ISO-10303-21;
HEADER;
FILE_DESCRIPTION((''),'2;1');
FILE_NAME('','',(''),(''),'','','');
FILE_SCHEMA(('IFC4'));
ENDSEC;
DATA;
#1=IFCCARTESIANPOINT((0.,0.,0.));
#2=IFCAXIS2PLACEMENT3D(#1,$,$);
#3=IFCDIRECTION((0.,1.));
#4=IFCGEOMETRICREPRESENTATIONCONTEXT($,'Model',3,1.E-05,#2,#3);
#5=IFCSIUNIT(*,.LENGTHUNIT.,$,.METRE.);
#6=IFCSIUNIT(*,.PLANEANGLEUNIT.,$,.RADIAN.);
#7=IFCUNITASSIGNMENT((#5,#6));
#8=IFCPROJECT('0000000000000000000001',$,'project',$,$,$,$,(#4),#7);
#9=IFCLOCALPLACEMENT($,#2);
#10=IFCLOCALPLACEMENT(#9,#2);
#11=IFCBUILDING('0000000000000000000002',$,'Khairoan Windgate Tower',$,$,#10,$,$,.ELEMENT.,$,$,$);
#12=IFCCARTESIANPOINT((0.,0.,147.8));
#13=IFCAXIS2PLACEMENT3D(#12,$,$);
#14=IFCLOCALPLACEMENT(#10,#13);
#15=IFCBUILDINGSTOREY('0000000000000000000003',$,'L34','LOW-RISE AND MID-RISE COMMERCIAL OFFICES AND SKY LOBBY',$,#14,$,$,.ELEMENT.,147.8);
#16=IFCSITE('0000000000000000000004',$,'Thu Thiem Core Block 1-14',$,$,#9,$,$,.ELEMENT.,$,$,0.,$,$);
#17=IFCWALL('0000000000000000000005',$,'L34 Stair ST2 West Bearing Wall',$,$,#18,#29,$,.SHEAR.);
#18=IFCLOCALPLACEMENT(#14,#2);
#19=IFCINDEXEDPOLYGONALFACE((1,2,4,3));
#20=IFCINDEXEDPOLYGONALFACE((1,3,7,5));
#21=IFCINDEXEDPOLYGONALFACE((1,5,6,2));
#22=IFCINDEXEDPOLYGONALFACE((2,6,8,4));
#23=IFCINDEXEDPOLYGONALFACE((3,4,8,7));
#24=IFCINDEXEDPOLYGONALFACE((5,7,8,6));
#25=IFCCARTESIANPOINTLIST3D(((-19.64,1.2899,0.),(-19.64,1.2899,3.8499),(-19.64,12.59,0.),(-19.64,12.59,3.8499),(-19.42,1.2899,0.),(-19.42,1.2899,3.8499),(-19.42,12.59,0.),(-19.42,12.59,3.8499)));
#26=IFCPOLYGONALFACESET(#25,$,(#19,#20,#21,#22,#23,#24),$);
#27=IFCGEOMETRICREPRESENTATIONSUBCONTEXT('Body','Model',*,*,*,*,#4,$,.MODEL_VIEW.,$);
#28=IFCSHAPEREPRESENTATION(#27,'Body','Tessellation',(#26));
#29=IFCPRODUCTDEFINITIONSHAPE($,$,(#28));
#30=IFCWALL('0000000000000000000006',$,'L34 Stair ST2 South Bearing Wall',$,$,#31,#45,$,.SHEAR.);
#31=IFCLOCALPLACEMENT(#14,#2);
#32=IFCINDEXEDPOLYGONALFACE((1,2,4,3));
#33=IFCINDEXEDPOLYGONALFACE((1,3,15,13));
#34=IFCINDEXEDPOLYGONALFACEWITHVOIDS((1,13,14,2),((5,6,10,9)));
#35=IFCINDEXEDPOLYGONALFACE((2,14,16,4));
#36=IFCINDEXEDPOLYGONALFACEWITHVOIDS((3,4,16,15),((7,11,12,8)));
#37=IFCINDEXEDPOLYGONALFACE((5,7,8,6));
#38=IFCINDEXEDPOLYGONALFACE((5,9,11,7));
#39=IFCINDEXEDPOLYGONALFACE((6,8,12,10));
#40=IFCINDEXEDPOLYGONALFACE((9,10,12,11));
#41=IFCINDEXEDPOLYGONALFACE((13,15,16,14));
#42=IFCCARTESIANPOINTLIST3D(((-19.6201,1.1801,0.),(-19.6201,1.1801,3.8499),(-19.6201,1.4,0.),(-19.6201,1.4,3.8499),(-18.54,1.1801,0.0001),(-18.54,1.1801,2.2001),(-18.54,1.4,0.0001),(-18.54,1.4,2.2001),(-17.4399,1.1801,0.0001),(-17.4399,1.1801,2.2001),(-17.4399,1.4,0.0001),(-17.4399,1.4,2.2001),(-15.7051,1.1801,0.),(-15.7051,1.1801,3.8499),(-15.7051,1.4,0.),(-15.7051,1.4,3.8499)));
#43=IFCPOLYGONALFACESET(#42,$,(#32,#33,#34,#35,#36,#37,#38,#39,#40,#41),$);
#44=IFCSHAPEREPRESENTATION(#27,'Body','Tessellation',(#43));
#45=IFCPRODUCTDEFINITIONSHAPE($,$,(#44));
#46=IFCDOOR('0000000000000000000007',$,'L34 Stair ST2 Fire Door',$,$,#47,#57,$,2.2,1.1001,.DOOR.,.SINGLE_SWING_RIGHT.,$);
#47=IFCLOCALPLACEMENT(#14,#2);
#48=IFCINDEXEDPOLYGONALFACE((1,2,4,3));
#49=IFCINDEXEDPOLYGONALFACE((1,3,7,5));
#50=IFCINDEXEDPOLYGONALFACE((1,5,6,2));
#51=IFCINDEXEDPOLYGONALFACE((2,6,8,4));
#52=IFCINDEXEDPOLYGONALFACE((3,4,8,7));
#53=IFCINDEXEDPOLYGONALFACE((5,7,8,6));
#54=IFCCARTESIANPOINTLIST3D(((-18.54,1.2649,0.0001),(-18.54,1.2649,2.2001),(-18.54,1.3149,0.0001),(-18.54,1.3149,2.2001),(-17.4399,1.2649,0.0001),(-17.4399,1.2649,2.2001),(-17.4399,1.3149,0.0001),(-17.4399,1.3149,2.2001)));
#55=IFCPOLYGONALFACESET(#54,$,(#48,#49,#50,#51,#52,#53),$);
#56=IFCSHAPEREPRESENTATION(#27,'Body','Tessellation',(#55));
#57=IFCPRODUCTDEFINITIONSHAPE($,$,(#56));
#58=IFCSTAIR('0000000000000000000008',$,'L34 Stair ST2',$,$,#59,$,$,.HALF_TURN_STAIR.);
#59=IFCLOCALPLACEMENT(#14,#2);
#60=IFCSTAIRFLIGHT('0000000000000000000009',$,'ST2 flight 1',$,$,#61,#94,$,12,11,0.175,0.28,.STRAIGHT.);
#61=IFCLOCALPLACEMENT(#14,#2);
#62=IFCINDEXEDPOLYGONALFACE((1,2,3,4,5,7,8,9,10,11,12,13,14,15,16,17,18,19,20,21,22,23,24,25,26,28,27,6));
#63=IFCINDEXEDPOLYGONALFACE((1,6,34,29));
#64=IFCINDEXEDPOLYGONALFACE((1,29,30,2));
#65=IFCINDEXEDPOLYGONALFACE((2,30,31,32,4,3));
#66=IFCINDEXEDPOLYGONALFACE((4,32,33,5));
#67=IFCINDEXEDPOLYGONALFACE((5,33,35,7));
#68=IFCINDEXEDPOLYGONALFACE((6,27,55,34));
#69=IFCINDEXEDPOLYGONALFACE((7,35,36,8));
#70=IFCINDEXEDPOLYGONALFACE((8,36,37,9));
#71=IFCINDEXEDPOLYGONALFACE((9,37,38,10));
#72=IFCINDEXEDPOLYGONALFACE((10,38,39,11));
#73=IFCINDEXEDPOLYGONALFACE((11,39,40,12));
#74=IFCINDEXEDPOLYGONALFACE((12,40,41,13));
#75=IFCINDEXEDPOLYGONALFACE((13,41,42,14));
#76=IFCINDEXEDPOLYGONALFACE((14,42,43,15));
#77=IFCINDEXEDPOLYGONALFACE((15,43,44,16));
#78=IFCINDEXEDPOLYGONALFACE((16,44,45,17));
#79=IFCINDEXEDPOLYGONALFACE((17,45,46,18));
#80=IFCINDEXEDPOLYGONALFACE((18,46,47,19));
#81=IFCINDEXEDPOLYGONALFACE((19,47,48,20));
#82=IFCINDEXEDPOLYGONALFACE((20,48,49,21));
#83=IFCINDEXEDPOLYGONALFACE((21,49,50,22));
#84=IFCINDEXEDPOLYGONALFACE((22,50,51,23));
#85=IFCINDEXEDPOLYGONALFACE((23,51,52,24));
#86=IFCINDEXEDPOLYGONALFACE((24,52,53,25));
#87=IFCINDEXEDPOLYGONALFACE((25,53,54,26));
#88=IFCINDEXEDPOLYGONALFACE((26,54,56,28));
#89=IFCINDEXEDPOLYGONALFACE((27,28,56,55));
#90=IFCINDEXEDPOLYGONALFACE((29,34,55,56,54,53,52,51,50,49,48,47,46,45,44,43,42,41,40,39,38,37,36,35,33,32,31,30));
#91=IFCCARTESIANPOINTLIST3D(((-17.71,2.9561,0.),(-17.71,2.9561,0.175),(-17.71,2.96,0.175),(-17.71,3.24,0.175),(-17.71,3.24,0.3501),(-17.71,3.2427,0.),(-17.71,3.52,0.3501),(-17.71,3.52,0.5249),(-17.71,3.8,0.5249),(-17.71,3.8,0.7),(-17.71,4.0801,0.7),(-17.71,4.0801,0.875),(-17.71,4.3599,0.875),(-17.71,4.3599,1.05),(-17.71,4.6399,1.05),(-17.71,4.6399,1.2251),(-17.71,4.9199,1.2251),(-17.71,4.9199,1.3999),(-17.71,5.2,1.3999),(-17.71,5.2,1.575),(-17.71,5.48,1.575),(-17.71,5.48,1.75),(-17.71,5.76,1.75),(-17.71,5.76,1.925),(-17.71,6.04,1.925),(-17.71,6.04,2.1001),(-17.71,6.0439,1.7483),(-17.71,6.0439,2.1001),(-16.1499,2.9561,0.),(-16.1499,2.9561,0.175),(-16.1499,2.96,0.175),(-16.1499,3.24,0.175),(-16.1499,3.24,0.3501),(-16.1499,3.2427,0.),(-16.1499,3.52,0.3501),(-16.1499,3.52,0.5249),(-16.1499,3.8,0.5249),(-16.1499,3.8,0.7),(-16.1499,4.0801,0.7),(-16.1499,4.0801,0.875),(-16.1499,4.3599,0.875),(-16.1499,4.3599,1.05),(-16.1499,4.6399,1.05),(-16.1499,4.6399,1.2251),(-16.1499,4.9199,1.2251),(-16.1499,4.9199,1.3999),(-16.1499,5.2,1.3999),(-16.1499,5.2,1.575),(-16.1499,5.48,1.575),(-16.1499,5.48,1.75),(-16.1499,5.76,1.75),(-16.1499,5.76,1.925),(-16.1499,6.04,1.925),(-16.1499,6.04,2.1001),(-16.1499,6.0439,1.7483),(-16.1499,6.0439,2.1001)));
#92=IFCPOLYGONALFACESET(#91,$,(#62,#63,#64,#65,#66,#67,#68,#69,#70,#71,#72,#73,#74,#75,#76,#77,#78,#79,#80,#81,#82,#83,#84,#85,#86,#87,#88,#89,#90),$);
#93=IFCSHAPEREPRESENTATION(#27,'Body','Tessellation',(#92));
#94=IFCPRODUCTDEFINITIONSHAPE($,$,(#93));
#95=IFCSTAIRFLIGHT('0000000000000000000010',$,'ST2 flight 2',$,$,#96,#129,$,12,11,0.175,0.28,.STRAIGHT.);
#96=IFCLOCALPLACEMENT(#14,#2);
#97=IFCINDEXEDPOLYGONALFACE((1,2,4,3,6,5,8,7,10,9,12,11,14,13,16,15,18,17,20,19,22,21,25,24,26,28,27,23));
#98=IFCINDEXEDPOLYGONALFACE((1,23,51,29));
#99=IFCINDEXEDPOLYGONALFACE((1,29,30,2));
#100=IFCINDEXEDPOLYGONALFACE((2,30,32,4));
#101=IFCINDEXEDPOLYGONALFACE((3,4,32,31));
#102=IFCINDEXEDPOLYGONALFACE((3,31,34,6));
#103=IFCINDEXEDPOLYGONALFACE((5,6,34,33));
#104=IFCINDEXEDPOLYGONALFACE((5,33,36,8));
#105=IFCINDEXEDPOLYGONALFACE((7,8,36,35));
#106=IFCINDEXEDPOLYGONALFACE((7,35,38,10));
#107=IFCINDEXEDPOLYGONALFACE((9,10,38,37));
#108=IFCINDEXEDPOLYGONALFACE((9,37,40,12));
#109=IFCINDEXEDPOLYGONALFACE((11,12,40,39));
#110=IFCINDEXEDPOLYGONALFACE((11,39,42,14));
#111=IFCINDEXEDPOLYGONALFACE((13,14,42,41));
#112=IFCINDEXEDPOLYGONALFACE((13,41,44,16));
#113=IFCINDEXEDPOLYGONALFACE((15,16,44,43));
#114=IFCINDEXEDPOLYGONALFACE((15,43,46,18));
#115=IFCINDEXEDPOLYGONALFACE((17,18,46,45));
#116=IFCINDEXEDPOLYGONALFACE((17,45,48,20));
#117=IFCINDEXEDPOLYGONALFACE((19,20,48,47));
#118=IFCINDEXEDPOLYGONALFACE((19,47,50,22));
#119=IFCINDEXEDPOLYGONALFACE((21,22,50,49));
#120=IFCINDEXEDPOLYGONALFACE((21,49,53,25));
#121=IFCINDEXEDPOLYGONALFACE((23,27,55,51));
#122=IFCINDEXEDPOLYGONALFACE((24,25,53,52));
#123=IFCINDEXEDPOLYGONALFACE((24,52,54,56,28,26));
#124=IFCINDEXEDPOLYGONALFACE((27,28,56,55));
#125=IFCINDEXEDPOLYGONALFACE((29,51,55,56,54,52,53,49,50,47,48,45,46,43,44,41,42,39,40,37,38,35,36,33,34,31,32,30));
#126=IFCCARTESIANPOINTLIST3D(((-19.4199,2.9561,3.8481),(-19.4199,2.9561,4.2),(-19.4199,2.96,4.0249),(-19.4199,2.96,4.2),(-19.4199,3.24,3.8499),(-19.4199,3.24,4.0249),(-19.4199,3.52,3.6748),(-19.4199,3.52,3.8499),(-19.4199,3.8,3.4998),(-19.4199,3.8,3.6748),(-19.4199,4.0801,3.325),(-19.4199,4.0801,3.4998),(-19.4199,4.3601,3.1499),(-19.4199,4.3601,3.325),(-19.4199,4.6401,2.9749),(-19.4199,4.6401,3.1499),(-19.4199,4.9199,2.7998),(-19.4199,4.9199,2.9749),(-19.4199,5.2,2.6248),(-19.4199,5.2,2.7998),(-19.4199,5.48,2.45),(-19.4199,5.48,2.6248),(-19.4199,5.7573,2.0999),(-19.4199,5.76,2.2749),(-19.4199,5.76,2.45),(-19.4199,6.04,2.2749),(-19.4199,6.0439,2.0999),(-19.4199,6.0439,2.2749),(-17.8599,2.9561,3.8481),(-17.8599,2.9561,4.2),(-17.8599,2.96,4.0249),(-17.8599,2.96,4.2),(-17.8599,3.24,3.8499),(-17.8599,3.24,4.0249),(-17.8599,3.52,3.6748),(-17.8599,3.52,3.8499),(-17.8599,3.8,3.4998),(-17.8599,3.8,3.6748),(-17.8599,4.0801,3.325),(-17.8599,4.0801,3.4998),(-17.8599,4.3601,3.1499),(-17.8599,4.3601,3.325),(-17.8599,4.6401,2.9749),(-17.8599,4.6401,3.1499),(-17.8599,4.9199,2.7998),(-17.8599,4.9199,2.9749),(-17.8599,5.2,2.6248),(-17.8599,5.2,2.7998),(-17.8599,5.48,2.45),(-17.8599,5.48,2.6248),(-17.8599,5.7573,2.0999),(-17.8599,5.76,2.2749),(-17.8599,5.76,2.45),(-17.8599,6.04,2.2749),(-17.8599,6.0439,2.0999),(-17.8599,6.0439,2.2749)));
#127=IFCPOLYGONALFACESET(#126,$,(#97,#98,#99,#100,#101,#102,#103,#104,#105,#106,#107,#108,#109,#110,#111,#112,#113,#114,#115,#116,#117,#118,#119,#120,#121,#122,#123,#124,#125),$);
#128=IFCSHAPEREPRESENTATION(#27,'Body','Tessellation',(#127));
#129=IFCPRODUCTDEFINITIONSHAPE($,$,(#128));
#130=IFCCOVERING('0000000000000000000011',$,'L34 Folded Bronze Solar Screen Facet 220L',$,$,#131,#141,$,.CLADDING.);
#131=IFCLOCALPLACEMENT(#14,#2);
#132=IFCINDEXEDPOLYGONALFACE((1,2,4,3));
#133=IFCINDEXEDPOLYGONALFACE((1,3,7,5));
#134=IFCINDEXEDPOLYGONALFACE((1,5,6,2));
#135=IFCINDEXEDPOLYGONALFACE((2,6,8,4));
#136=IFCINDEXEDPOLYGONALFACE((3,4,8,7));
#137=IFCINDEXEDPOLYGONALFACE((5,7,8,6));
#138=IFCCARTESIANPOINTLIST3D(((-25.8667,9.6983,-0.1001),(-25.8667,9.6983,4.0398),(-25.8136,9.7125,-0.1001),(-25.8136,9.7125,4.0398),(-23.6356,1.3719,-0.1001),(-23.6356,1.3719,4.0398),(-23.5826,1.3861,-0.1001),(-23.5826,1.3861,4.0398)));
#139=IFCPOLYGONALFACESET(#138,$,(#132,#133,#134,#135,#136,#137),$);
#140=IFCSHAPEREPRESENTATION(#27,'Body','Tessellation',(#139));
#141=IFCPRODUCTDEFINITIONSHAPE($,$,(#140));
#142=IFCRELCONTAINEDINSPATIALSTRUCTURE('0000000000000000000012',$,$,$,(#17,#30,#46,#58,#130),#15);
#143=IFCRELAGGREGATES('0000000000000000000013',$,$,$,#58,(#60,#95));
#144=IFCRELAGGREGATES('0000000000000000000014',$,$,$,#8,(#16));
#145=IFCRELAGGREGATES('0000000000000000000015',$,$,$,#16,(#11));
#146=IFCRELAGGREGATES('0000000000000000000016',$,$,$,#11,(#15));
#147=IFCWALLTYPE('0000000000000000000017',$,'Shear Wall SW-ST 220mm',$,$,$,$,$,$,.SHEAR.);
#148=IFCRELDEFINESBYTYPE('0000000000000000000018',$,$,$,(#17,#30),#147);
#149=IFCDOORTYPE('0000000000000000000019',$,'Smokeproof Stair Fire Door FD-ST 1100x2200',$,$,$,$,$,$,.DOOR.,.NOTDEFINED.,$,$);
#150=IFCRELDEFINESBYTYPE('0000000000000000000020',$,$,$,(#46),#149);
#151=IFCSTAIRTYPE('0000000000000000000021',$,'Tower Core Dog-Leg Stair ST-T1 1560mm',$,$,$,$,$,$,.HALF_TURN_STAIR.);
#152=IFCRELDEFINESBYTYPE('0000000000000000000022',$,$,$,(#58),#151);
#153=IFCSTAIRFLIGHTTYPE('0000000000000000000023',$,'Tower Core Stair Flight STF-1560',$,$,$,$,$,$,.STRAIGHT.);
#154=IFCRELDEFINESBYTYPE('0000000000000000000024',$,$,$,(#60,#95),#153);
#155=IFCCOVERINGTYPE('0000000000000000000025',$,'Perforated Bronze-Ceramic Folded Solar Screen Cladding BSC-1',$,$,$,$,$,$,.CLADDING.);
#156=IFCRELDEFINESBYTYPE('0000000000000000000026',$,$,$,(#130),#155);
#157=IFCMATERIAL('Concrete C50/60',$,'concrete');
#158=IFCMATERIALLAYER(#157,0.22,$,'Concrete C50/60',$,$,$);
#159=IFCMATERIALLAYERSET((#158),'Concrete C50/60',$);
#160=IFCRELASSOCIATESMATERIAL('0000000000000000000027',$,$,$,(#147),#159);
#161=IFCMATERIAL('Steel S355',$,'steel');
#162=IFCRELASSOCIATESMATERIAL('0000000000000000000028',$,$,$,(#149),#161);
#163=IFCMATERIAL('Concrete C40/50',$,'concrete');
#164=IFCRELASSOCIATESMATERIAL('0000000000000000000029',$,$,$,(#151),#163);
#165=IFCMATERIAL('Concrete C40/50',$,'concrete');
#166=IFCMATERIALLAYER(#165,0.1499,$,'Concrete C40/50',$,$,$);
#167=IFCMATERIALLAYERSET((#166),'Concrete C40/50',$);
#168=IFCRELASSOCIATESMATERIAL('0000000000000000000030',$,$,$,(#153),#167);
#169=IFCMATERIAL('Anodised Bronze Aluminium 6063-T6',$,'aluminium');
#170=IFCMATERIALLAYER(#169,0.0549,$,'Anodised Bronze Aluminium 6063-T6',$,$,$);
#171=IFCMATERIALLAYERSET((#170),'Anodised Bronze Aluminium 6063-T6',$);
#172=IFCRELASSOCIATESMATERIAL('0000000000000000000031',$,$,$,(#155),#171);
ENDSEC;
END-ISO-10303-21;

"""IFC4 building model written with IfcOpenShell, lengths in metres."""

from ifc_helpers import new_model, si_unit, direction, frame, frame_2d, origin, origin_2d, place, context, subcontext, project, spatial, polyline, rectangle, outline, extrude, material, layer, layer_set, type_object, element, fill, aggregate, save


model = new_model("IFC4")

# Units and contexts
model_context = context("Model", 3, precision=1e-05, world=origin(), true_north=direction((0.0, 1.0)))
body_context = subcontext(model_context, "Body", "Model", "MODEL_VIEW")
ifc_project = project(units=[si_unit("LENGTHUNIT", "METRE"), si_unit("PLANEANGLEUNIT", "RADIAN")], contexts=[model_context])

# Site, building, storey
site_placement = place(None, origin())
site = spatial("IfcSite", under=ifc_project, at=site_placement, Name="Thu Thiem Core Block 1-14", CompositionType="ELEMENT", RefElevation=0.0)
building_placement = place(site_placement, origin())
building = spatial("IfcBuilding", under=site, at=building_placement, Name="Khairoan Windgate Tower", CompositionType="ELEMENT")
storey_placement = place(building_placement, frame((0.0, 0.0, 147.8)))
storey = spatial("IfcBuildingStorey", under=building, at=storey_placement, Name="L34", Description="LOW-RISE AND MID-RISE COMMERCIAL OFFICES AND SKY LOBBY", CompositionType="ELEMENT", Elevation=147.8)

# Wall
ifc_material_1 = material(Name="Concrete C50/60", Category="concrete")
ifc_layer_1 = layer(ifc_material_1, 0.22, Name="Concrete C50/60")
ifc_layer_set_1 = layer_set([ifc_layer_1], Name="Concrete C50/60")
wall_type_1 = type_object("IfcWallType", Name="Shear Wall SW-ST 220mm", PredefinedType="SHEAR", material=ifc_layer_set_1)
for number, where, z_axis, x_axis, name in (
    (1, (-19.53, 1.29, 0.0), (0.0, 0.0, 1.0), (0.0, 1.0, 0.0), "L34 Stair ST2 West Bearing Wall"),
):
    element("IfcWall", number, at=place(storey_placement, frame(where, z_axis=z_axis, x_axis=x_axis)), inside=storey, type_object=wall_type_1, Name=name, PredefinedType="SHEAR", context=body_context, shape_type="SweptSolid", body=[
        extrude(rectangle(XDim=11.3, YDim=0.22, at=frame_2d((5.6499, 0.0))), origin(), (0.0, 0.0, 1.0), 3.8499),
    ])

# Wall, opening, door
wall_1_placement = place(storey_placement, frame((-19.6201, 1.29, 0.0), z_axis=(0.0, 0.0, 1.0), x_axis=(1.0, 0.0, 0.0)))
wall_1 = element("IfcWall", 2, at=wall_1_placement, inside=storey, type_object=wall_type_1, Name="L34 Stair ST2 South Bearing Wall", PredefinedType="SHEAR", context=body_context, shape_type="SweptSolid", body=[
    extrude(rectangle(XDim=3.915, YDim=0.22, at=frame_2d((1.9575, 0.0))), origin(), (0.0, 0.0, 1.0), 3.8499),
])
opening_1_placement = place(wall_1_placement, frame((1.0801, 0.0, 0.0)))
opening_1 = element("IfcOpeningElement", 3, at=opening_1_placement, cuts=wall_1, PredefinedType="OPENING", context=body_context, shape_type="SweptSolid", body=[
    extrude(rectangle(XDim=1.1001, YDim=2.2, at=frame_2d((0.55, 1.1001))), frame((0.0, 0.1199, 0.0), z_axis=(0.0, -1.0, 0.0), x_axis=(1.0, 0.0, 0.0)), (0.0, 0.0, 1.0), 0.24),
])
ifc_material_2 = material(Name="Steel S355", Category="steel")
door_type_1 = type_object("IfcDoorType", Name="Smokeproof Stair Fire Door FD-ST 1100x2200", OperationType="NOTDEFINED", PredefinedType="DOOR", material=ifc_material_2)
door_1_placement = place(opening_1_placement, origin())
door_1 = element("IfcDoor", 4, at=door_1_placement, inside=storey, type_object=door_type_1, Name="L34 Stair ST2 Fire Door", OperationType="SINGLE_SWING_RIGHT", OverallHeight=2.2, OverallWidth=1.1001, PredefinedType="DOOR", context=body_context, shape_type="SweptSolid", body=[
    extrude(rectangle(XDim=1.1001, YDim=2.2, at=frame_2d((0.55, 1.1001))), frame((0.0, 0.0249, 0.0), z_axis=(0.0, -1.0, 0.0), x_axis=(1.0, 0.0, 0.0)), (0.0, 0.0, 1.0), 0.05),
])
fill(opening_1, door_1)

# Stair, stair flights
ifc_material_3 = material(Name="Concrete C40/50", Category="concrete")
stair_type = type_object("IfcStairType", Name="Tower Core Dog-Leg Stair ST-T1 1560mm", PredefinedType="HALF_TURN_STAIR", material=ifc_material_3)
stair_placement = place(storey_placement, origin())
stair = element("IfcStair", 5, at=stair_placement, inside=storey, type_object=stair_type, Name="L34 Stair ST2", PredefinedType="HALF_TURN_STAIR")
ifc_material_4 = material(Name="Concrete C40/50", Category="concrete")
ifc_layer_2 = layer(ifc_material_4, 0.1499, Name="Concrete C40/50")
ifc_layer_set_2 = layer_set([ifc_layer_2], Name="Concrete C40/50")
stair_flight_type = type_object("IfcStairFlightType", Name="Tower Core Stair Flight STF-1560", PredefinedType="STRAIGHT", material=ifc_layer_set_2)
stair_flight_1_placement = place(storey_placement, frame((-16.9299, 2.96, 0.0), z_axis=(0.0, 0.0, 1.0), x_axis=(0.0, 1.0, 0.0)))
stair_flight_1 = element("IfcStairFlight", 6, at=stair_flight_1_placement, type_object=stair_flight_type, Name="ST2 flight 1", NumberOfRisers=12, NumberOfTreads=11, PredefinedType="STRAIGHT", RiserHeight=0.175, TreadLength=0.28, context=body_context, shape_type="SweptSolid", body=[
    extrude(outline(polyline([(-0.0039, 0.0), (-0.0039, 0.175), (0.0, 0.175), (0.28, 0.175), (0.28, 0.3501), (0.5601, 0.3501), (0.5601, 0.5249), (0.8401, 0.5249), (0.8401, 0.7), (1.1201, 0.7), (1.1201, 0.875), (1.3999, 0.875), (1.3999, 1.05), (1.6799, 1.05), (1.6799, 1.2251), (1.96, 1.2251), (1.96, 1.3999), (2.24, 1.3999), (2.24, 1.575), (2.52, 1.575), (2.52, 1.75), (2.8, 1.75), (2.8, 1.925), (3.0801, 1.925), (3.0801, 2.1001), (3.084, 2.1001), (3.084, 1.7483), (0.2827, 0.0), (-0.0039, 0.0)])), frame((0.0, 0.78, 0.0), z_axis=(0.0, -1.0, 0.0), x_axis=(1.0, 0.0, 0.0)), (0.0, 0.0, 1.0), 1.5601),
])
stair_flight_2_placement = place(storey_placement, frame((-18.6399, 6.04, 2.0999), z_axis=(0.0, 0.0, 1.0), x_axis=(0.0, -1.0, 0.0)))
stair_flight_2 = element("IfcStairFlight", 7, at=stair_flight_2_placement, type_object=stair_flight_type, Name="ST2 flight 2", NumberOfRisers=12, NumberOfTreads=11, PredefinedType="STRAIGHT", RiserHeight=0.175, TreadLength=0.28, context=body_context, shape_type="SweptSolid", body=[
    extrude(outline(polyline([(-0.0039, 0.0), (-0.0039, 0.175), (0.0, 0.175), (0.28, 0.175), (0.28, 0.3501), (0.5601, 0.3501), (0.5601, 0.5249), (0.8401, 0.5249), (0.8401, 0.7), (1.1201, 0.7), (1.1201, 0.875), (1.3999, 0.875), (1.3999, 1.05), (1.6799, 1.05), (1.6799, 1.2251), (1.96, 1.2251), (1.96, 1.3999), (2.24, 1.3999), (2.24, 1.575), (2.52, 1.575), (2.52, 1.75), (2.8, 1.75), (2.8, 1.925), (3.0801, 1.925), (3.0801, 2.1001), (3.084, 2.1001), (3.084, 1.7483), (0.2827, 0.0), (-0.0039, 0.0)])), frame((0.0, 0.78, 0.0), z_axis=(0.0, -1.0, 0.0), x_axis=(1.0, 0.0, 0.0)), (0.0, 0.0, 1.0), 1.5601),
])
aggregate(stair, [stair_flight_1, stair_flight_2])

# Covering
ifc_material_5 = material(Name="Anodised Bronze Aluminium 6063-T6", Category="aluminium")
ifc_layer_3 = layer(ifc_material_5, 0.0549, Name="Anodised Bronze Aluminium 6063-T6")
ifc_layer_set_3 = layer_set([ifc_layer_3], Name="Anodised Bronze Aluminium 6063-T6")
covering_type = type_object("IfcCoveringType", Name="Perforated Bronze-Ceramic Folded Solar Screen Cladding BSC-1", PredefinedType="CLADDING", material=ifc_layer_set_3)
covering_placement = place(storey_placement, frame((-24.7246, 5.5422, -0.1001), z_axis=(0.0, 0.0, 1.0), x_axis=(-0.258819, 0.965926, 0.0)))
element("IfcCovering", 8, at=covering_placement, inside=storey, type_object=covering_type, Name="L34 Folded Bronze Solar Screen Facet 220L", PredefinedType="CLADDING", context=body_context, shape_type="SweptSolid", body=[
    extrude(rectangle(XDim=8.6201, YDim=0.0549, at=origin_2d()), origin(), (0.0, 0.0, 1.0), 4.1399),
])

save(model, "model.ifc")
